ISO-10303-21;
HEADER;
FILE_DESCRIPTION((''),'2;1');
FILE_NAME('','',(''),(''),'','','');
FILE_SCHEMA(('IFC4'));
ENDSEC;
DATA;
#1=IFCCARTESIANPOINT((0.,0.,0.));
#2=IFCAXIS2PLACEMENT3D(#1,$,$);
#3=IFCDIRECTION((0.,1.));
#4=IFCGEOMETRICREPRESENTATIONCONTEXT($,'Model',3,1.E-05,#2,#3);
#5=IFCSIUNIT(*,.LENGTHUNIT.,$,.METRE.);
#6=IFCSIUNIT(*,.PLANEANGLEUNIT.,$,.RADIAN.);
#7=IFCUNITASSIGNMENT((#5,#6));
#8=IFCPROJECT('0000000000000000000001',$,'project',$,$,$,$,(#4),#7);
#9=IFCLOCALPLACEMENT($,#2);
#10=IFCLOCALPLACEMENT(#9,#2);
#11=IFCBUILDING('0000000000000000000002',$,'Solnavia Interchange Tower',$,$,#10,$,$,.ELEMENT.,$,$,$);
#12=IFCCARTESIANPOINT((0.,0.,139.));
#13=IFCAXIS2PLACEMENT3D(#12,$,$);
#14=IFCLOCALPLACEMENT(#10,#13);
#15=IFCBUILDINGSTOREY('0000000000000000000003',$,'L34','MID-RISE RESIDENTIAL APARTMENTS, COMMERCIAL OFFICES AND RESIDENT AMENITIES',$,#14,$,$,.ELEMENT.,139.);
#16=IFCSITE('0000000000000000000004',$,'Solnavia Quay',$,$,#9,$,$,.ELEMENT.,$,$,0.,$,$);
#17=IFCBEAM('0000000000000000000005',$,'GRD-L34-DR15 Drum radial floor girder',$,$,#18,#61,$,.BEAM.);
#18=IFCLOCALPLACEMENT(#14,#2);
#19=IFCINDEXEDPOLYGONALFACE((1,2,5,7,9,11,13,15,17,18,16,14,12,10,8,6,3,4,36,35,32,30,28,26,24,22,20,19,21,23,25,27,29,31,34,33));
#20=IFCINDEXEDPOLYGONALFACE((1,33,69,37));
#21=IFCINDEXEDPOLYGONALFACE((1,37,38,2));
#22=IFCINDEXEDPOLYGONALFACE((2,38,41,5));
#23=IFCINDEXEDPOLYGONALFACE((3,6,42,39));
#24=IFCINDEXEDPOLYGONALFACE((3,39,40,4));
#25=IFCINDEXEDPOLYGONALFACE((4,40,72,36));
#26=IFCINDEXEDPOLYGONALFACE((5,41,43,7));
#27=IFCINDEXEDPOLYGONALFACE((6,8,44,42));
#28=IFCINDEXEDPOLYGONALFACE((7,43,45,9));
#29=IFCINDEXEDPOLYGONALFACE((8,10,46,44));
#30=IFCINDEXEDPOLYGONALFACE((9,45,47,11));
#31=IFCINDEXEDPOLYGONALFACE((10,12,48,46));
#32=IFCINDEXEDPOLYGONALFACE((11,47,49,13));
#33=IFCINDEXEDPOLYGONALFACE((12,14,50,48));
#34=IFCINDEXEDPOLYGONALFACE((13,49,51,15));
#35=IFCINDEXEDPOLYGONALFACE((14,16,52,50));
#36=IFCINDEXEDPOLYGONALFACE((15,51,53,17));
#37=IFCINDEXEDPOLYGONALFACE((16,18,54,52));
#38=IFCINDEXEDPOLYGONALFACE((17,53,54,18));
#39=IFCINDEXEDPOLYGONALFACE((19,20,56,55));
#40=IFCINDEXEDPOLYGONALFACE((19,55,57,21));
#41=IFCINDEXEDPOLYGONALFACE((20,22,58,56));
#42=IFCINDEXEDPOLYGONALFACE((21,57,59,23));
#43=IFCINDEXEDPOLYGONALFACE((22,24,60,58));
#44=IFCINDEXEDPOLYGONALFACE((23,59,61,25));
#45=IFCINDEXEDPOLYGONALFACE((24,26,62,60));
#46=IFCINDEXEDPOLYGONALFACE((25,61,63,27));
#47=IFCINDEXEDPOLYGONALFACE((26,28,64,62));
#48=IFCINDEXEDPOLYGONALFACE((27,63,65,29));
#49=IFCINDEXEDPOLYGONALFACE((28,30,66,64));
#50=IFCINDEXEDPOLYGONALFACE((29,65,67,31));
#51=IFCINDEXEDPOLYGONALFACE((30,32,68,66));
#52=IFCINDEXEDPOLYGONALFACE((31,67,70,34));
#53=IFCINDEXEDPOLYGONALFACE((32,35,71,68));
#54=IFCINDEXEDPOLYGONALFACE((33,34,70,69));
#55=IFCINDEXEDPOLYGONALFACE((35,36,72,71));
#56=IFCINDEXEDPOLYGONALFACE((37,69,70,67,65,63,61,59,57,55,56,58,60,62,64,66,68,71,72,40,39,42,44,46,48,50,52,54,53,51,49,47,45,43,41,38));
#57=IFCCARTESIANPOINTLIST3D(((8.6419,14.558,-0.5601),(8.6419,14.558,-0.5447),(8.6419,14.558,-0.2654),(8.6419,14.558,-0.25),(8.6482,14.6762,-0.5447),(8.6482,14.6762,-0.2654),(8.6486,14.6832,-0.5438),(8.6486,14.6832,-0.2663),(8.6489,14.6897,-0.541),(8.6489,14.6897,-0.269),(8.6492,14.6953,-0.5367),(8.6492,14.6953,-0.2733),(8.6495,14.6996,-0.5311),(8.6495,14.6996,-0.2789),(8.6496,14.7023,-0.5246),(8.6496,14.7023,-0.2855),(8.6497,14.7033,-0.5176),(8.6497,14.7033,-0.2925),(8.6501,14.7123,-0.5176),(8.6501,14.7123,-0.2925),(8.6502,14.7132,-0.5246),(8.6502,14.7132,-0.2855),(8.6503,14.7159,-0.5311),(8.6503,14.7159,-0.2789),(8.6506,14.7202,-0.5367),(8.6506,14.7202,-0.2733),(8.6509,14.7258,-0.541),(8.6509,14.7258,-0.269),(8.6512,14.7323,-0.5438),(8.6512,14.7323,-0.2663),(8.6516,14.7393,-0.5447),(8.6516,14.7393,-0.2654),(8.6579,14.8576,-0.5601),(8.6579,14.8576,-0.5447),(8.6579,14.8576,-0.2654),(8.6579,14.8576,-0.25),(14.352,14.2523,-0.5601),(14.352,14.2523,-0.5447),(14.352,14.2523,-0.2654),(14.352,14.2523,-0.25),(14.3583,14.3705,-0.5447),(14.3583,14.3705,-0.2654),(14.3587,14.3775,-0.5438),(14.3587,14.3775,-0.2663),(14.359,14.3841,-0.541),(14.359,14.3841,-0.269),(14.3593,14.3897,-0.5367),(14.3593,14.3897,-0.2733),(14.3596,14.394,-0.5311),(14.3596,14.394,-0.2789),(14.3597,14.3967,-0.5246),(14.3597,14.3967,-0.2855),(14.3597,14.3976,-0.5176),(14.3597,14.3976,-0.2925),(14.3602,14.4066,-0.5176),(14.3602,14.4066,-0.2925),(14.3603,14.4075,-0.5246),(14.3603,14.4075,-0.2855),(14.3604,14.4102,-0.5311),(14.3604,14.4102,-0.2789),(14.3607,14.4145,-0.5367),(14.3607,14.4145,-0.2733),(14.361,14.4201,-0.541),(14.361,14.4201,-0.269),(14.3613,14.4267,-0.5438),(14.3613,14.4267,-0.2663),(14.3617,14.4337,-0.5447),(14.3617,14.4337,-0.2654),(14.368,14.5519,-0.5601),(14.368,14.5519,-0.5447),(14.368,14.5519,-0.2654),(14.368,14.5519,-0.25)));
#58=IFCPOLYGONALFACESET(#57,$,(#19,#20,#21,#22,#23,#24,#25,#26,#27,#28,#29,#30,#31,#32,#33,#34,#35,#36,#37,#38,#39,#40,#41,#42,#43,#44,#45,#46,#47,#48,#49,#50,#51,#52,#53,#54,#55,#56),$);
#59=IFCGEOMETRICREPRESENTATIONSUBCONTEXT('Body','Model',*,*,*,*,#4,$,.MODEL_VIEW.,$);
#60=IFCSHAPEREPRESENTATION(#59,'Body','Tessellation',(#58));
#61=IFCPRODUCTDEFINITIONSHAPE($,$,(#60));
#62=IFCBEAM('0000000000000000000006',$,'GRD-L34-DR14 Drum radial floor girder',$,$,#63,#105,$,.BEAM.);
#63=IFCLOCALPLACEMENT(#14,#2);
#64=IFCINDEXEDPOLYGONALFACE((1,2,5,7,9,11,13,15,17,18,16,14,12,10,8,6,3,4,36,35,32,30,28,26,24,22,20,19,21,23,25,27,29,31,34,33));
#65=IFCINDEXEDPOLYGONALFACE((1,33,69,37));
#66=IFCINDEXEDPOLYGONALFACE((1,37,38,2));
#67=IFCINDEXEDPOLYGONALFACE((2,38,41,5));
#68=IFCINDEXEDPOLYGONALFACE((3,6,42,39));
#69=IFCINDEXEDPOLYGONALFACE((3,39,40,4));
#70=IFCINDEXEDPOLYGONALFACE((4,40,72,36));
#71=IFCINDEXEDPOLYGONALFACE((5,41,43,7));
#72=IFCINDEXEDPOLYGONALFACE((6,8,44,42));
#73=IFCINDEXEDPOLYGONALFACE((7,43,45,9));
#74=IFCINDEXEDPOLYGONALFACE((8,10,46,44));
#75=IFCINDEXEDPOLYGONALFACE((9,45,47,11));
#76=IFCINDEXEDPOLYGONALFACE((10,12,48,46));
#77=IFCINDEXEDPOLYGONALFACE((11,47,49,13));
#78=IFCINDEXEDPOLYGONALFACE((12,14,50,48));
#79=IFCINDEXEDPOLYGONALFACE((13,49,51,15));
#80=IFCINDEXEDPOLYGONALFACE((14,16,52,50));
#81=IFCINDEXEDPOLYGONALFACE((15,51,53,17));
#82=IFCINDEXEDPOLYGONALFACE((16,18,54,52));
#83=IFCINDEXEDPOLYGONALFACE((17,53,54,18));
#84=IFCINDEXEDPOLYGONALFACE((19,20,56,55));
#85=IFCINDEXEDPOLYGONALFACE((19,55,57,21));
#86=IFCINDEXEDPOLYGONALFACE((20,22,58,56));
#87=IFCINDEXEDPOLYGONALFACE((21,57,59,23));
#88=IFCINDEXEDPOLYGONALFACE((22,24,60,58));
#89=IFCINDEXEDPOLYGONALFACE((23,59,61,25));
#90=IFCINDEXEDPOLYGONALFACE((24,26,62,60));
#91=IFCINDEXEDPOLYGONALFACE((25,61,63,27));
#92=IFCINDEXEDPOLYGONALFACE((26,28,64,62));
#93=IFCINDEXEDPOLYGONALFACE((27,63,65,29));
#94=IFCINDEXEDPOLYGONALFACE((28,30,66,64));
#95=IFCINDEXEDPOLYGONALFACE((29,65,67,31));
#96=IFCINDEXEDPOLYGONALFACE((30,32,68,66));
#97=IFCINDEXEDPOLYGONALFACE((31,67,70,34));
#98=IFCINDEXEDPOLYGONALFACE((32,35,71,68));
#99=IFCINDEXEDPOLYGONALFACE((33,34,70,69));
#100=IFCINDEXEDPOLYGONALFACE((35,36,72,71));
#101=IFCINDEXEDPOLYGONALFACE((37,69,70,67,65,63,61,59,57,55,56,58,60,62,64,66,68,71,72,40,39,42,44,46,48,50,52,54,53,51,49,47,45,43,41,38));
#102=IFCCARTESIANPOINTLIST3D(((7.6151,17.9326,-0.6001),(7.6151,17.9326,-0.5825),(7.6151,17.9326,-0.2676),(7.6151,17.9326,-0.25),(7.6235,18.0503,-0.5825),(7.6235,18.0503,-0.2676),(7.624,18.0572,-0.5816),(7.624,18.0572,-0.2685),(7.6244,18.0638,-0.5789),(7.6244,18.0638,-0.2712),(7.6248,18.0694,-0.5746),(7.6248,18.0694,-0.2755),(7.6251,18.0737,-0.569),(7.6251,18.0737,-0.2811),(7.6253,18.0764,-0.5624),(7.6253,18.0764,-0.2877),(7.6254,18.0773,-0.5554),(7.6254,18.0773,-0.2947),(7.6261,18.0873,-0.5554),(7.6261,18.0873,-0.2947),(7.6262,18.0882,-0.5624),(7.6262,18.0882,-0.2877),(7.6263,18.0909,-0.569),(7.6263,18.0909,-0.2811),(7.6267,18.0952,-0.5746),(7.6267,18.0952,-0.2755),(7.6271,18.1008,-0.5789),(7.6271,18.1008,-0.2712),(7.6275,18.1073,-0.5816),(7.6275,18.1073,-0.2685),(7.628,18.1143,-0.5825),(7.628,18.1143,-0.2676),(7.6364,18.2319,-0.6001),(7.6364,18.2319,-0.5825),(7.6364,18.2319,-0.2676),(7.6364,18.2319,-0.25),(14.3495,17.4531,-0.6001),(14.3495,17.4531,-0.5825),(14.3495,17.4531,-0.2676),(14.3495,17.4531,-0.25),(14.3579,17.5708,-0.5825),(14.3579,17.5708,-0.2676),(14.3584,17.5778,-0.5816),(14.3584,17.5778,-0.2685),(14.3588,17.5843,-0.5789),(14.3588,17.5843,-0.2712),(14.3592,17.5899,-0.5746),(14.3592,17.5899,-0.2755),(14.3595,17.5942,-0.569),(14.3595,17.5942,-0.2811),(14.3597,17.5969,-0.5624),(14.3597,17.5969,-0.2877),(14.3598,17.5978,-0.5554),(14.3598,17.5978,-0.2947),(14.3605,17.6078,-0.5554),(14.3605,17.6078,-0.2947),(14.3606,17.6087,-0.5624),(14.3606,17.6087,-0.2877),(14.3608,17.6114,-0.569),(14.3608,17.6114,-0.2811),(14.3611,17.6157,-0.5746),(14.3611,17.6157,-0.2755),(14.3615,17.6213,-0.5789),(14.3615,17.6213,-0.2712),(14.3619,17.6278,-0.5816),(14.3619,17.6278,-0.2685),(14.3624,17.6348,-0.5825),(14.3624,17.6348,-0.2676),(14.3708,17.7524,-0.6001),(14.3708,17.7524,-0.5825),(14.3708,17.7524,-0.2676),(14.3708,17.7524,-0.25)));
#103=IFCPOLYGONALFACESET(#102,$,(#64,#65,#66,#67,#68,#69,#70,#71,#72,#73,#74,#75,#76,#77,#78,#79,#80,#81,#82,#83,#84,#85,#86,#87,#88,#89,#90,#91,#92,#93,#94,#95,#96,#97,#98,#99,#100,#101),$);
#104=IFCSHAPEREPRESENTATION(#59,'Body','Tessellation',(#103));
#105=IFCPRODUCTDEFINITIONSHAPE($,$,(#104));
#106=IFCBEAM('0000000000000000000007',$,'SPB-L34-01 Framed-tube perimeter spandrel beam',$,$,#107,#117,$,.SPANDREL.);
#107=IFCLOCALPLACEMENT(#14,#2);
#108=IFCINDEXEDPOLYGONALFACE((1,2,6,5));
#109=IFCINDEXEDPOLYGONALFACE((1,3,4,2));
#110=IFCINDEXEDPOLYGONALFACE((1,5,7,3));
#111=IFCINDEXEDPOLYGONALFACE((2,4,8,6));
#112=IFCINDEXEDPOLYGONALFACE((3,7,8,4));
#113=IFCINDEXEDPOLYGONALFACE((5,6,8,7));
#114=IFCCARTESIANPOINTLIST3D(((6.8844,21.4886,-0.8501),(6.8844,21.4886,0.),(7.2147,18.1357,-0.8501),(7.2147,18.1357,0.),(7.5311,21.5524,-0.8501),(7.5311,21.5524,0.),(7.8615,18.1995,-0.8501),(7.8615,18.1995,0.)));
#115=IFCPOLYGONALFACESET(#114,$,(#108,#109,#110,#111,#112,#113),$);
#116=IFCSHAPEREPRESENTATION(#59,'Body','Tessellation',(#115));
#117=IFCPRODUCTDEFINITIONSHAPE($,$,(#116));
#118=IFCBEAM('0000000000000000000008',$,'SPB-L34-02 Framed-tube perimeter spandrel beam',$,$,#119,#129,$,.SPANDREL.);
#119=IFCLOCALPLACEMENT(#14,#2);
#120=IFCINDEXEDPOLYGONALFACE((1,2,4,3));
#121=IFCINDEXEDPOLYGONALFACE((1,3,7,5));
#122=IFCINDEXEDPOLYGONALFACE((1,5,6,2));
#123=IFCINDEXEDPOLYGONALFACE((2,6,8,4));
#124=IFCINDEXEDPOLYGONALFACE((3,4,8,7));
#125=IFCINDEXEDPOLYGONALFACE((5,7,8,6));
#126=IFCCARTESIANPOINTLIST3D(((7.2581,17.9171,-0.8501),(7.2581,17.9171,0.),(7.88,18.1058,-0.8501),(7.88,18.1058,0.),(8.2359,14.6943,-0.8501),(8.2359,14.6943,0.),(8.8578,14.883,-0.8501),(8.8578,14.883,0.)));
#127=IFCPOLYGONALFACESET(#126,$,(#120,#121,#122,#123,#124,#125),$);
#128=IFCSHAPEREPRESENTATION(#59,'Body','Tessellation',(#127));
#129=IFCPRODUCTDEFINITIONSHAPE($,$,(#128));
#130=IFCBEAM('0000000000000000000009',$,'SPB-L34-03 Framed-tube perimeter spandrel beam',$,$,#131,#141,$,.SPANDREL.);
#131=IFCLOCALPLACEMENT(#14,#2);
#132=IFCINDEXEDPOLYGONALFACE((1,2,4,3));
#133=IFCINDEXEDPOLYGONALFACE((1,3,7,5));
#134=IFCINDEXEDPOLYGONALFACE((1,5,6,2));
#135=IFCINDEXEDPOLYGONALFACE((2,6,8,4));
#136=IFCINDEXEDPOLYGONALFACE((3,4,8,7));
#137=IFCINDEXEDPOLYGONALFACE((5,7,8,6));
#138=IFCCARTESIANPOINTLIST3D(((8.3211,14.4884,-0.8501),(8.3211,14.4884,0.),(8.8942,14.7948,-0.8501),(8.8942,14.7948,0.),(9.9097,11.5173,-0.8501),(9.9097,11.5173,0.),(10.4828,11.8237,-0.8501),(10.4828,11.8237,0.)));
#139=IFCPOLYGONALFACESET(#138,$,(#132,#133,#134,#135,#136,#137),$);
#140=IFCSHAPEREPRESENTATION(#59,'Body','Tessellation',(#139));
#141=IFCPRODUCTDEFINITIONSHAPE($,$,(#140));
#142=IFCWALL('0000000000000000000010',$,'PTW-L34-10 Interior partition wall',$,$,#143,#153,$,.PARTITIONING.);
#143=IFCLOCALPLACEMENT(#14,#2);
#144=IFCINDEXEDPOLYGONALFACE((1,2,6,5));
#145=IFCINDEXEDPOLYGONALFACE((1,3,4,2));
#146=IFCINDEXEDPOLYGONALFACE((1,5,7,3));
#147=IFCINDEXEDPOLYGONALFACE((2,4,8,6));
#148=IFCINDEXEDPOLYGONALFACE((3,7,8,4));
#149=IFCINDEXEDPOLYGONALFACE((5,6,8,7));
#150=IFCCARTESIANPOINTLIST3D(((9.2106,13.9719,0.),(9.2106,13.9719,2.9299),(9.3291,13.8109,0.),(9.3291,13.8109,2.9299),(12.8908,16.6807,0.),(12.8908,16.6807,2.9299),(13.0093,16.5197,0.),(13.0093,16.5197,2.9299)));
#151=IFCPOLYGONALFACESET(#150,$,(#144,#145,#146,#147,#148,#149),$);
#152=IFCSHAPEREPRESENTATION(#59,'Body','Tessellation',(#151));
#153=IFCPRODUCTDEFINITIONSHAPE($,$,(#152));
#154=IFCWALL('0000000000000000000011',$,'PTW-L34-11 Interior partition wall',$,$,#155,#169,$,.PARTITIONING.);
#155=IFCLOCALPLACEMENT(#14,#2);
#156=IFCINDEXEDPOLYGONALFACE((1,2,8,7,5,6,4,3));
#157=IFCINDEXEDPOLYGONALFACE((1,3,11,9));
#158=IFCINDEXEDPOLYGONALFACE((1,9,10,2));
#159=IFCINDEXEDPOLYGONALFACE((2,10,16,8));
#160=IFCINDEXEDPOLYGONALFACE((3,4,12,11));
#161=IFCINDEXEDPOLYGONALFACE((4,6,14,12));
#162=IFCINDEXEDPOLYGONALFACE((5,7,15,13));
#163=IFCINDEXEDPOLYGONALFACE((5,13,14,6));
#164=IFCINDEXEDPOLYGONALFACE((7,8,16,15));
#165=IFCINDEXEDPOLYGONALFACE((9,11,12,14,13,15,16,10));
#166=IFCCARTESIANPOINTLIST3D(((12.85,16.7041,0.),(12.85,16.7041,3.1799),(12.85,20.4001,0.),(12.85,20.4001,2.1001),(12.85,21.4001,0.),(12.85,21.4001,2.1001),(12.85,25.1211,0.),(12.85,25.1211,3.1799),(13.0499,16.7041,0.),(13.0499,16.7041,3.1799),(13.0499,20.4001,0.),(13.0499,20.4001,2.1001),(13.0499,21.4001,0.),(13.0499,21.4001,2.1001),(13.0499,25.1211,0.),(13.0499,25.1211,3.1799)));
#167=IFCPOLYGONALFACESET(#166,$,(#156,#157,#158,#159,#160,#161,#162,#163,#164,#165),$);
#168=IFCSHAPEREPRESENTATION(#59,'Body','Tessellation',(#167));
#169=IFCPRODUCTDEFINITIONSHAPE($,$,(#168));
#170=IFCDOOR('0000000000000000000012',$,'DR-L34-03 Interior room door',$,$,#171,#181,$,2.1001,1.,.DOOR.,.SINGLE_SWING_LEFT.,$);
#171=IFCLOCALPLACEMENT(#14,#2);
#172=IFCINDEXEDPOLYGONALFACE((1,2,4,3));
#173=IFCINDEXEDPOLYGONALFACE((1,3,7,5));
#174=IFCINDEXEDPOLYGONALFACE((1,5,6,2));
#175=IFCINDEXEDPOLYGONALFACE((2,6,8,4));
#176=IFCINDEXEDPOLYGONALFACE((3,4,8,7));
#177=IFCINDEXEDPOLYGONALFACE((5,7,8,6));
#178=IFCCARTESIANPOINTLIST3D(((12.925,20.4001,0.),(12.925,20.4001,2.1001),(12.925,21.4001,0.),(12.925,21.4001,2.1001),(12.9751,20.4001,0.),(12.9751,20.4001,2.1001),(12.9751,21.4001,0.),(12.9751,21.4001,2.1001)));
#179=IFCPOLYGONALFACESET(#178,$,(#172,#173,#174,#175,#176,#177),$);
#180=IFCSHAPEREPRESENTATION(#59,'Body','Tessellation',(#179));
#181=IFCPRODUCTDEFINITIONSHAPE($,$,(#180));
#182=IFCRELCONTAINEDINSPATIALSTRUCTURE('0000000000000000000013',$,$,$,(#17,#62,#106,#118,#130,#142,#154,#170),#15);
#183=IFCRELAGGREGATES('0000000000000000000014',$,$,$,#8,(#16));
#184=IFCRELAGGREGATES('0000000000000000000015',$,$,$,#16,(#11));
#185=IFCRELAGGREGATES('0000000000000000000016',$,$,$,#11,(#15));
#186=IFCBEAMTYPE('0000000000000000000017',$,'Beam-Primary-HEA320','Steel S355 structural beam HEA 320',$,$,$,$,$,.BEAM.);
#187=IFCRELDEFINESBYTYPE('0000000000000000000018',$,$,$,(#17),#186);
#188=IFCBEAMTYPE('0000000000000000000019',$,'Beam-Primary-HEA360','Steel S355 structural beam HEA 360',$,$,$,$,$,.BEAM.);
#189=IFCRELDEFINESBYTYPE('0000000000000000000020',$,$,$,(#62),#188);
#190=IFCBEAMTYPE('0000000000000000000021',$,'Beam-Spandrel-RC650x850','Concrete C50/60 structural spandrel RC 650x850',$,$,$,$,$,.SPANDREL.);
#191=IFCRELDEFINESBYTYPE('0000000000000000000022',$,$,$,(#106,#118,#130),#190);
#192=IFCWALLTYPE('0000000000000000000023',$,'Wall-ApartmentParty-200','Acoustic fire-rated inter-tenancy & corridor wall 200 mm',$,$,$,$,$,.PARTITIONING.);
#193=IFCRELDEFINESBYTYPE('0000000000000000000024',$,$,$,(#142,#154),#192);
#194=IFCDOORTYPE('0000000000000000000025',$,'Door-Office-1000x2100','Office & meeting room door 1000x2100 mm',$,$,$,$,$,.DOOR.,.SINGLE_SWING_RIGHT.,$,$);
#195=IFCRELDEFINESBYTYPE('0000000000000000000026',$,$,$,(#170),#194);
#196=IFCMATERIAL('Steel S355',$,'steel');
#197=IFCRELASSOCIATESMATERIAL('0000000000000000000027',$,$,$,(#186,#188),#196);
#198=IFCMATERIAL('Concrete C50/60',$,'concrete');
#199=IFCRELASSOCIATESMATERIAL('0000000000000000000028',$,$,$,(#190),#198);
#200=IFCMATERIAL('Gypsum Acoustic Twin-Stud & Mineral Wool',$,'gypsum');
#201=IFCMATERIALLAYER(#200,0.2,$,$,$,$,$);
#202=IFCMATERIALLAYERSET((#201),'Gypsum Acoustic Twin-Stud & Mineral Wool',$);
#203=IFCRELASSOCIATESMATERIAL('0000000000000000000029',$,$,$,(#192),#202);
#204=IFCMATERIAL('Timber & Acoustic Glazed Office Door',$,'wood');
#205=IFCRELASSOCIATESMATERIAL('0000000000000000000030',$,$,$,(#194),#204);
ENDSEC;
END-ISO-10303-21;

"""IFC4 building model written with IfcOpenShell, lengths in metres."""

from ifc_helpers import new_model, si_unit, direction, frame, frame_2d, origin, origin_2d, place, context, subcontext, project, spatial, rectangle, i_section, extrude, material, layer, layer_set, material_profile, profile_set, type_object, element, fill, save


model = new_model("IFC4")

# Units and contexts
model_context = context("Model", 3, precision=1e-05, world=origin(), true_north=direction((0.0, 1.0)))
body_context = subcontext(model_context, "Body", "Model", "MODEL_VIEW")
ifc_project = project(units=[si_unit("LENGTHUNIT", "METRE"), si_unit("PLANEANGLEUNIT", "RADIAN")], contexts=[model_context])

# Site, building, storey
site_placement = place(None, origin())
site = spatial("IfcSite", under=ifc_project, at=site_placement, Name="Solnavia Quay", CompositionType="ELEMENT", RefElevation=0.0)
building_placement = place(site_placement, origin())
building = spatial("IfcBuilding", under=site, at=building_placement, Name="Solnavia Interchange Tower", CompositionType="ELEMENT")
storey_placement = place(building_placement, frame((0.0, 0.0, 139.0)))
storey = spatial("IfcBuildingStorey", under=building, at=storey_placement, Name="L34", Description="MID-RISE RESIDENTIAL APARTMENTS, COMMERCIAL OFFICES AND RESIDENT AMENITIES", CompositionType="ELEMENT", Elevation=139.0)

# Shared definitions
ifc_material_1 = material(Name="Concrete C50/60", Category="concrete")

# Beams
ifc_material_2 = material(Name="Steel S355", Category="steel")
ifc_material_profile_1 = material_profile(ifc_material_2, i_section(OverallWidth=0.3, OverallDepth=0.3101, WebThickness=0.009, FlangeThickness=0.0154, FilletRadius=0.0271, at=origin_2d()), Name="HEA 320")
ifc_profile_set_1 = profile_set([ifc_material_profile_1], Name="Steel S355")
beam_type_1 = type_object("IfcBeamType", Name="Beam-Primary-HEA320", Description="Steel S355 structural beam HEA 320", PredefinedType="BEAM", material=ifc_profile_set_1)
beam_1_placement = place(storey_placement, frame((8.6499, 14.7078, -0.405), z_axis=(0.99857, -0.053453, 0.0), x_axis=(0.053453, 0.99857, 0.0)))
element("IfcBeam", 1, at=beam_1_placement, inside=storey, type_object=beam_type_1, Name="GRD-L34-DR15 Drum radial floor girder", PredefinedType="BEAM", context=body_context, shape_type="SweptSolid", body=[
    extrude(i_section(OverallWidth=0.3, OverallDepth=0.3101, WebThickness=0.009, FlangeThickness=0.0154, FilletRadius=0.0271, at=origin_2d()), origin(), (0.0, 0.0, 1.0), 5.7183),
])
ifc_material_profile_2 = material_profile(ifc_material_2, i_section(OverallWidth=0.3, OverallDepth=0.3501, WebThickness=0.01, FlangeThickness=0.0176, FilletRadius=0.0271, at=origin_2d()), Name="HEA 360")
ifc_profile_set_2 = profile_set([ifc_material_profile_2], Name="Steel S355")
beam_type_2 = type_object("IfcBeamType", Name="Beam-Primary-HEA360", Description="Steel S355 structural beam HEA 360", PredefinedType="BEAM", material=ifc_profile_set_2)
beam_2_placement = place(storey_placement, frame((7.6257, 18.0823, -0.425), z_axis=(0.997475, -0.071021, 0.0), x_axis=(0.071021, 0.997475, 0.0)))
element("IfcBeam", 2, at=beam_2_placement, inside=storey, type_object=beam_type_2, Name="GRD-L34-DR14 Drum radial floor girder", PredefinedType="BEAM", context=body_context, shape_type="SweptSolid", body=[
    extrude(i_section(OverallWidth=0.3, OverallDepth=0.3501, WebThickness=0.01, FlangeThickness=0.0176, FilletRadius=0.0271, at=origin_2d()), origin(), (0.0, 0.0, 1.0), 6.7515),
])
ifc_material_profile_3 = material_profile(ifc_material_1, rectangle(XDim=0.6499, YDim=0.8501, at=origin_2d()), Name="RC 650x850")
ifc_profile_set_3 = profile_set([ifc_material_profile_3], Name="Concrete C50/60")
beam_type_3 = type_object("IfcBeamType", Name="Beam-Spandrel-RC650x850", Description="Concrete C50/60 structural spandrel RC 650x850", PredefinedType="SPANDREL", material=ifc_profile_set_3)
beam_3_placement = place(storey_placement, frame((7.2078, 21.5205, -0.425), z_axis=(0.09804, -0.995182, 0.0), x_axis=(0.995182, 0.09804, 0.0)))
element("IfcBeam", 3, at=beam_3_placement, inside=storey, type_object=beam_type_3, Name="SPB-L34-01 Framed-tube perimeter spandrel beam", PredefinedType="SPANDREL", context=body_context, shape_type="SweptSolid", body=[
    extrude(rectangle(XDim=0.6499, YDim=0.8501, at=origin_2d()), origin(), (0.0, 0.0, 1.0), 3.3691),
])
beam_4_placement = place(storey_placement, frame((7.5691, 18.0115, -0.425), z_axis=(0.290319, -0.95693, 0.0), x_axis=(0.95693, 0.290319, 0.0)))
element("IfcBeam", 4, at=beam_4_placement, inside=storey, type_object=beam_type_3, Name="SPB-L34-02 Framed-tube perimeter spandrel beam", PredefinedType="SPANDREL", context=body_context, shape_type="SweptSolid", body=[
    extrude(rectangle(XDim=0.6499, YDim=0.8501, at=origin_2d()), origin(), (0.0, 0.0, 1.0), 3.3679),
])
beam_5_placement = place(storey_placement, frame((8.6077, 14.6416, -0.425), z_axis=(0.471509, -0.881861, 0.0), x_axis=(0.881861, 0.471509, 0.0)))
element("IfcBeam", 5, at=beam_5_placement, inside=storey, type_object=beam_type_3, Name="SPB-L34-03 Framed-tube perimeter spandrel beam", PredefinedType="SPANDREL", context=body_context, shape_type="SweptSolid", body=[
    extrude(rectangle(XDim=0.6499, YDim=0.8501, at=origin_2d()), origin(), (0.0, 0.0, 1.0), 3.3691),
])

# Wall
ifc_material_3 = material(Name="Gypsum Acoustic Twin-Stud & Mineral Wool", Category="gypsum")
ifc_layer_1 = layer(ifc_material_3, 0.2)
ifc_layer_set_1 = layer_set([ifc_layer_1], Name="Gypsum Acoustic Twin-Stud & Mineral Wool")
wall_type_1 = type_object("IfcWallType", Name="Wall-ApartmentParty-200", Description="Acoustic fire-rated inter-tenancy & corridor wall 200 mm", PredefinedType="PARTITIONING", material=ifc_layer_set_1)
wall_1_placement = place(storey_placement, frame((12.95, 16.6001, 0.0), z_axis=(0.0, 0.0, 1.0), x_axis=(-0.805366, -0.592778, 0.0)))
element("IfcWall", 6, at=wall_1_placement, inside=storey, type_object=wall_type_1, Name="PTW-L34-10 Interior partition wall", PredefinedType="PARTITIONING", context=body_context, shape_type="SweptSolid", body=[
    extrude(rectangle(XDim=4.5696, YDim=0.2, at=frame_2d((2.2847, 0.0))), origin(), (0.0, 0.0, 1.0), 2.9299),
])

# Wall, opening, door
wall_2_placement = place(storey_placement, frame((12.95, 16.7041, 0.0), z_axis=(0.0, 0.0, 1.0), x_axis=(0.0, 1.0, 0.0)))
wall_2 = element("IfcWall", 7, at=wall_2_placement, inside=storey, type_object=wall_type_1, Name="PTW-L34-11 Interior partition wall", PredefinedType="PARTITIONING", context=body_context, shape_type="SweptSolid", body=[
    extrude(rectangle(XDim=8.417, YDim=0.2, at=frame_2d((4.2085, 0.0))), origin(), (0.0, 0.0, 1.0), 3.1799),
])
opening_1_placement = place(wall_2_placement, frame((3.696, 0.0, 0.0)))
opening_1 = element("IfcOpeningElement", 8, at=opening_1_placement, cuts=wall_2, PredefinedType="OPENING", context=body_context, shape_type="SweptSolid", body=[
    extrude(rectangle(XDim=1.0, YDim=2.1001, at=frame_2d((0.5, 1.05))), frame((0.0, 0.1099, 0.0), z_axis=(0.0, -1.0, 0.0), x_axis=(1.0, 0.0, 0.0)), (0.0, 0.0, 1.0), 0.22),
])
ifc_material_4 = material(Name="Timber & Acoustic Glazed Office Door", Category="wood")
door_type_1 = type_object("IfcDoorType", Name="Door-Office-1000x2100", Description="Office & meeting room door 1000x2100 mm", OperationType="SINGLE_SWING_RIGHT", PredefinedType="DOOR", material=ifc_material_4)
door_1_placement = place(opening_1_placement, origin())
door_1 = element("IfcDoor", 9, at=door_1_placement, inside=storey, type_object=door_type_1, Name="DR-L34-03 Interior room door", OperationType="SINGLE_SWING_LEFT", OverallHeight=2.1001, OverallWidth=1.0, PredefinedType="DOOR", context=body_context, shape_type="SweptSolid", body=[
    extrude(rectangle(XDim=1.0, YDim=2.1001, at=frame_2d((0.5, 1.05))), frame((0.0, 0.0249, 0.0), z_axis=(0.0, -1.0, 0.0), x_axis=(1.0, 0.0, 0.0)), (0.0, 0.0, 1.0), 0.05),
])
fill(opening_1, door_1)

save(model, "model.ifc")
